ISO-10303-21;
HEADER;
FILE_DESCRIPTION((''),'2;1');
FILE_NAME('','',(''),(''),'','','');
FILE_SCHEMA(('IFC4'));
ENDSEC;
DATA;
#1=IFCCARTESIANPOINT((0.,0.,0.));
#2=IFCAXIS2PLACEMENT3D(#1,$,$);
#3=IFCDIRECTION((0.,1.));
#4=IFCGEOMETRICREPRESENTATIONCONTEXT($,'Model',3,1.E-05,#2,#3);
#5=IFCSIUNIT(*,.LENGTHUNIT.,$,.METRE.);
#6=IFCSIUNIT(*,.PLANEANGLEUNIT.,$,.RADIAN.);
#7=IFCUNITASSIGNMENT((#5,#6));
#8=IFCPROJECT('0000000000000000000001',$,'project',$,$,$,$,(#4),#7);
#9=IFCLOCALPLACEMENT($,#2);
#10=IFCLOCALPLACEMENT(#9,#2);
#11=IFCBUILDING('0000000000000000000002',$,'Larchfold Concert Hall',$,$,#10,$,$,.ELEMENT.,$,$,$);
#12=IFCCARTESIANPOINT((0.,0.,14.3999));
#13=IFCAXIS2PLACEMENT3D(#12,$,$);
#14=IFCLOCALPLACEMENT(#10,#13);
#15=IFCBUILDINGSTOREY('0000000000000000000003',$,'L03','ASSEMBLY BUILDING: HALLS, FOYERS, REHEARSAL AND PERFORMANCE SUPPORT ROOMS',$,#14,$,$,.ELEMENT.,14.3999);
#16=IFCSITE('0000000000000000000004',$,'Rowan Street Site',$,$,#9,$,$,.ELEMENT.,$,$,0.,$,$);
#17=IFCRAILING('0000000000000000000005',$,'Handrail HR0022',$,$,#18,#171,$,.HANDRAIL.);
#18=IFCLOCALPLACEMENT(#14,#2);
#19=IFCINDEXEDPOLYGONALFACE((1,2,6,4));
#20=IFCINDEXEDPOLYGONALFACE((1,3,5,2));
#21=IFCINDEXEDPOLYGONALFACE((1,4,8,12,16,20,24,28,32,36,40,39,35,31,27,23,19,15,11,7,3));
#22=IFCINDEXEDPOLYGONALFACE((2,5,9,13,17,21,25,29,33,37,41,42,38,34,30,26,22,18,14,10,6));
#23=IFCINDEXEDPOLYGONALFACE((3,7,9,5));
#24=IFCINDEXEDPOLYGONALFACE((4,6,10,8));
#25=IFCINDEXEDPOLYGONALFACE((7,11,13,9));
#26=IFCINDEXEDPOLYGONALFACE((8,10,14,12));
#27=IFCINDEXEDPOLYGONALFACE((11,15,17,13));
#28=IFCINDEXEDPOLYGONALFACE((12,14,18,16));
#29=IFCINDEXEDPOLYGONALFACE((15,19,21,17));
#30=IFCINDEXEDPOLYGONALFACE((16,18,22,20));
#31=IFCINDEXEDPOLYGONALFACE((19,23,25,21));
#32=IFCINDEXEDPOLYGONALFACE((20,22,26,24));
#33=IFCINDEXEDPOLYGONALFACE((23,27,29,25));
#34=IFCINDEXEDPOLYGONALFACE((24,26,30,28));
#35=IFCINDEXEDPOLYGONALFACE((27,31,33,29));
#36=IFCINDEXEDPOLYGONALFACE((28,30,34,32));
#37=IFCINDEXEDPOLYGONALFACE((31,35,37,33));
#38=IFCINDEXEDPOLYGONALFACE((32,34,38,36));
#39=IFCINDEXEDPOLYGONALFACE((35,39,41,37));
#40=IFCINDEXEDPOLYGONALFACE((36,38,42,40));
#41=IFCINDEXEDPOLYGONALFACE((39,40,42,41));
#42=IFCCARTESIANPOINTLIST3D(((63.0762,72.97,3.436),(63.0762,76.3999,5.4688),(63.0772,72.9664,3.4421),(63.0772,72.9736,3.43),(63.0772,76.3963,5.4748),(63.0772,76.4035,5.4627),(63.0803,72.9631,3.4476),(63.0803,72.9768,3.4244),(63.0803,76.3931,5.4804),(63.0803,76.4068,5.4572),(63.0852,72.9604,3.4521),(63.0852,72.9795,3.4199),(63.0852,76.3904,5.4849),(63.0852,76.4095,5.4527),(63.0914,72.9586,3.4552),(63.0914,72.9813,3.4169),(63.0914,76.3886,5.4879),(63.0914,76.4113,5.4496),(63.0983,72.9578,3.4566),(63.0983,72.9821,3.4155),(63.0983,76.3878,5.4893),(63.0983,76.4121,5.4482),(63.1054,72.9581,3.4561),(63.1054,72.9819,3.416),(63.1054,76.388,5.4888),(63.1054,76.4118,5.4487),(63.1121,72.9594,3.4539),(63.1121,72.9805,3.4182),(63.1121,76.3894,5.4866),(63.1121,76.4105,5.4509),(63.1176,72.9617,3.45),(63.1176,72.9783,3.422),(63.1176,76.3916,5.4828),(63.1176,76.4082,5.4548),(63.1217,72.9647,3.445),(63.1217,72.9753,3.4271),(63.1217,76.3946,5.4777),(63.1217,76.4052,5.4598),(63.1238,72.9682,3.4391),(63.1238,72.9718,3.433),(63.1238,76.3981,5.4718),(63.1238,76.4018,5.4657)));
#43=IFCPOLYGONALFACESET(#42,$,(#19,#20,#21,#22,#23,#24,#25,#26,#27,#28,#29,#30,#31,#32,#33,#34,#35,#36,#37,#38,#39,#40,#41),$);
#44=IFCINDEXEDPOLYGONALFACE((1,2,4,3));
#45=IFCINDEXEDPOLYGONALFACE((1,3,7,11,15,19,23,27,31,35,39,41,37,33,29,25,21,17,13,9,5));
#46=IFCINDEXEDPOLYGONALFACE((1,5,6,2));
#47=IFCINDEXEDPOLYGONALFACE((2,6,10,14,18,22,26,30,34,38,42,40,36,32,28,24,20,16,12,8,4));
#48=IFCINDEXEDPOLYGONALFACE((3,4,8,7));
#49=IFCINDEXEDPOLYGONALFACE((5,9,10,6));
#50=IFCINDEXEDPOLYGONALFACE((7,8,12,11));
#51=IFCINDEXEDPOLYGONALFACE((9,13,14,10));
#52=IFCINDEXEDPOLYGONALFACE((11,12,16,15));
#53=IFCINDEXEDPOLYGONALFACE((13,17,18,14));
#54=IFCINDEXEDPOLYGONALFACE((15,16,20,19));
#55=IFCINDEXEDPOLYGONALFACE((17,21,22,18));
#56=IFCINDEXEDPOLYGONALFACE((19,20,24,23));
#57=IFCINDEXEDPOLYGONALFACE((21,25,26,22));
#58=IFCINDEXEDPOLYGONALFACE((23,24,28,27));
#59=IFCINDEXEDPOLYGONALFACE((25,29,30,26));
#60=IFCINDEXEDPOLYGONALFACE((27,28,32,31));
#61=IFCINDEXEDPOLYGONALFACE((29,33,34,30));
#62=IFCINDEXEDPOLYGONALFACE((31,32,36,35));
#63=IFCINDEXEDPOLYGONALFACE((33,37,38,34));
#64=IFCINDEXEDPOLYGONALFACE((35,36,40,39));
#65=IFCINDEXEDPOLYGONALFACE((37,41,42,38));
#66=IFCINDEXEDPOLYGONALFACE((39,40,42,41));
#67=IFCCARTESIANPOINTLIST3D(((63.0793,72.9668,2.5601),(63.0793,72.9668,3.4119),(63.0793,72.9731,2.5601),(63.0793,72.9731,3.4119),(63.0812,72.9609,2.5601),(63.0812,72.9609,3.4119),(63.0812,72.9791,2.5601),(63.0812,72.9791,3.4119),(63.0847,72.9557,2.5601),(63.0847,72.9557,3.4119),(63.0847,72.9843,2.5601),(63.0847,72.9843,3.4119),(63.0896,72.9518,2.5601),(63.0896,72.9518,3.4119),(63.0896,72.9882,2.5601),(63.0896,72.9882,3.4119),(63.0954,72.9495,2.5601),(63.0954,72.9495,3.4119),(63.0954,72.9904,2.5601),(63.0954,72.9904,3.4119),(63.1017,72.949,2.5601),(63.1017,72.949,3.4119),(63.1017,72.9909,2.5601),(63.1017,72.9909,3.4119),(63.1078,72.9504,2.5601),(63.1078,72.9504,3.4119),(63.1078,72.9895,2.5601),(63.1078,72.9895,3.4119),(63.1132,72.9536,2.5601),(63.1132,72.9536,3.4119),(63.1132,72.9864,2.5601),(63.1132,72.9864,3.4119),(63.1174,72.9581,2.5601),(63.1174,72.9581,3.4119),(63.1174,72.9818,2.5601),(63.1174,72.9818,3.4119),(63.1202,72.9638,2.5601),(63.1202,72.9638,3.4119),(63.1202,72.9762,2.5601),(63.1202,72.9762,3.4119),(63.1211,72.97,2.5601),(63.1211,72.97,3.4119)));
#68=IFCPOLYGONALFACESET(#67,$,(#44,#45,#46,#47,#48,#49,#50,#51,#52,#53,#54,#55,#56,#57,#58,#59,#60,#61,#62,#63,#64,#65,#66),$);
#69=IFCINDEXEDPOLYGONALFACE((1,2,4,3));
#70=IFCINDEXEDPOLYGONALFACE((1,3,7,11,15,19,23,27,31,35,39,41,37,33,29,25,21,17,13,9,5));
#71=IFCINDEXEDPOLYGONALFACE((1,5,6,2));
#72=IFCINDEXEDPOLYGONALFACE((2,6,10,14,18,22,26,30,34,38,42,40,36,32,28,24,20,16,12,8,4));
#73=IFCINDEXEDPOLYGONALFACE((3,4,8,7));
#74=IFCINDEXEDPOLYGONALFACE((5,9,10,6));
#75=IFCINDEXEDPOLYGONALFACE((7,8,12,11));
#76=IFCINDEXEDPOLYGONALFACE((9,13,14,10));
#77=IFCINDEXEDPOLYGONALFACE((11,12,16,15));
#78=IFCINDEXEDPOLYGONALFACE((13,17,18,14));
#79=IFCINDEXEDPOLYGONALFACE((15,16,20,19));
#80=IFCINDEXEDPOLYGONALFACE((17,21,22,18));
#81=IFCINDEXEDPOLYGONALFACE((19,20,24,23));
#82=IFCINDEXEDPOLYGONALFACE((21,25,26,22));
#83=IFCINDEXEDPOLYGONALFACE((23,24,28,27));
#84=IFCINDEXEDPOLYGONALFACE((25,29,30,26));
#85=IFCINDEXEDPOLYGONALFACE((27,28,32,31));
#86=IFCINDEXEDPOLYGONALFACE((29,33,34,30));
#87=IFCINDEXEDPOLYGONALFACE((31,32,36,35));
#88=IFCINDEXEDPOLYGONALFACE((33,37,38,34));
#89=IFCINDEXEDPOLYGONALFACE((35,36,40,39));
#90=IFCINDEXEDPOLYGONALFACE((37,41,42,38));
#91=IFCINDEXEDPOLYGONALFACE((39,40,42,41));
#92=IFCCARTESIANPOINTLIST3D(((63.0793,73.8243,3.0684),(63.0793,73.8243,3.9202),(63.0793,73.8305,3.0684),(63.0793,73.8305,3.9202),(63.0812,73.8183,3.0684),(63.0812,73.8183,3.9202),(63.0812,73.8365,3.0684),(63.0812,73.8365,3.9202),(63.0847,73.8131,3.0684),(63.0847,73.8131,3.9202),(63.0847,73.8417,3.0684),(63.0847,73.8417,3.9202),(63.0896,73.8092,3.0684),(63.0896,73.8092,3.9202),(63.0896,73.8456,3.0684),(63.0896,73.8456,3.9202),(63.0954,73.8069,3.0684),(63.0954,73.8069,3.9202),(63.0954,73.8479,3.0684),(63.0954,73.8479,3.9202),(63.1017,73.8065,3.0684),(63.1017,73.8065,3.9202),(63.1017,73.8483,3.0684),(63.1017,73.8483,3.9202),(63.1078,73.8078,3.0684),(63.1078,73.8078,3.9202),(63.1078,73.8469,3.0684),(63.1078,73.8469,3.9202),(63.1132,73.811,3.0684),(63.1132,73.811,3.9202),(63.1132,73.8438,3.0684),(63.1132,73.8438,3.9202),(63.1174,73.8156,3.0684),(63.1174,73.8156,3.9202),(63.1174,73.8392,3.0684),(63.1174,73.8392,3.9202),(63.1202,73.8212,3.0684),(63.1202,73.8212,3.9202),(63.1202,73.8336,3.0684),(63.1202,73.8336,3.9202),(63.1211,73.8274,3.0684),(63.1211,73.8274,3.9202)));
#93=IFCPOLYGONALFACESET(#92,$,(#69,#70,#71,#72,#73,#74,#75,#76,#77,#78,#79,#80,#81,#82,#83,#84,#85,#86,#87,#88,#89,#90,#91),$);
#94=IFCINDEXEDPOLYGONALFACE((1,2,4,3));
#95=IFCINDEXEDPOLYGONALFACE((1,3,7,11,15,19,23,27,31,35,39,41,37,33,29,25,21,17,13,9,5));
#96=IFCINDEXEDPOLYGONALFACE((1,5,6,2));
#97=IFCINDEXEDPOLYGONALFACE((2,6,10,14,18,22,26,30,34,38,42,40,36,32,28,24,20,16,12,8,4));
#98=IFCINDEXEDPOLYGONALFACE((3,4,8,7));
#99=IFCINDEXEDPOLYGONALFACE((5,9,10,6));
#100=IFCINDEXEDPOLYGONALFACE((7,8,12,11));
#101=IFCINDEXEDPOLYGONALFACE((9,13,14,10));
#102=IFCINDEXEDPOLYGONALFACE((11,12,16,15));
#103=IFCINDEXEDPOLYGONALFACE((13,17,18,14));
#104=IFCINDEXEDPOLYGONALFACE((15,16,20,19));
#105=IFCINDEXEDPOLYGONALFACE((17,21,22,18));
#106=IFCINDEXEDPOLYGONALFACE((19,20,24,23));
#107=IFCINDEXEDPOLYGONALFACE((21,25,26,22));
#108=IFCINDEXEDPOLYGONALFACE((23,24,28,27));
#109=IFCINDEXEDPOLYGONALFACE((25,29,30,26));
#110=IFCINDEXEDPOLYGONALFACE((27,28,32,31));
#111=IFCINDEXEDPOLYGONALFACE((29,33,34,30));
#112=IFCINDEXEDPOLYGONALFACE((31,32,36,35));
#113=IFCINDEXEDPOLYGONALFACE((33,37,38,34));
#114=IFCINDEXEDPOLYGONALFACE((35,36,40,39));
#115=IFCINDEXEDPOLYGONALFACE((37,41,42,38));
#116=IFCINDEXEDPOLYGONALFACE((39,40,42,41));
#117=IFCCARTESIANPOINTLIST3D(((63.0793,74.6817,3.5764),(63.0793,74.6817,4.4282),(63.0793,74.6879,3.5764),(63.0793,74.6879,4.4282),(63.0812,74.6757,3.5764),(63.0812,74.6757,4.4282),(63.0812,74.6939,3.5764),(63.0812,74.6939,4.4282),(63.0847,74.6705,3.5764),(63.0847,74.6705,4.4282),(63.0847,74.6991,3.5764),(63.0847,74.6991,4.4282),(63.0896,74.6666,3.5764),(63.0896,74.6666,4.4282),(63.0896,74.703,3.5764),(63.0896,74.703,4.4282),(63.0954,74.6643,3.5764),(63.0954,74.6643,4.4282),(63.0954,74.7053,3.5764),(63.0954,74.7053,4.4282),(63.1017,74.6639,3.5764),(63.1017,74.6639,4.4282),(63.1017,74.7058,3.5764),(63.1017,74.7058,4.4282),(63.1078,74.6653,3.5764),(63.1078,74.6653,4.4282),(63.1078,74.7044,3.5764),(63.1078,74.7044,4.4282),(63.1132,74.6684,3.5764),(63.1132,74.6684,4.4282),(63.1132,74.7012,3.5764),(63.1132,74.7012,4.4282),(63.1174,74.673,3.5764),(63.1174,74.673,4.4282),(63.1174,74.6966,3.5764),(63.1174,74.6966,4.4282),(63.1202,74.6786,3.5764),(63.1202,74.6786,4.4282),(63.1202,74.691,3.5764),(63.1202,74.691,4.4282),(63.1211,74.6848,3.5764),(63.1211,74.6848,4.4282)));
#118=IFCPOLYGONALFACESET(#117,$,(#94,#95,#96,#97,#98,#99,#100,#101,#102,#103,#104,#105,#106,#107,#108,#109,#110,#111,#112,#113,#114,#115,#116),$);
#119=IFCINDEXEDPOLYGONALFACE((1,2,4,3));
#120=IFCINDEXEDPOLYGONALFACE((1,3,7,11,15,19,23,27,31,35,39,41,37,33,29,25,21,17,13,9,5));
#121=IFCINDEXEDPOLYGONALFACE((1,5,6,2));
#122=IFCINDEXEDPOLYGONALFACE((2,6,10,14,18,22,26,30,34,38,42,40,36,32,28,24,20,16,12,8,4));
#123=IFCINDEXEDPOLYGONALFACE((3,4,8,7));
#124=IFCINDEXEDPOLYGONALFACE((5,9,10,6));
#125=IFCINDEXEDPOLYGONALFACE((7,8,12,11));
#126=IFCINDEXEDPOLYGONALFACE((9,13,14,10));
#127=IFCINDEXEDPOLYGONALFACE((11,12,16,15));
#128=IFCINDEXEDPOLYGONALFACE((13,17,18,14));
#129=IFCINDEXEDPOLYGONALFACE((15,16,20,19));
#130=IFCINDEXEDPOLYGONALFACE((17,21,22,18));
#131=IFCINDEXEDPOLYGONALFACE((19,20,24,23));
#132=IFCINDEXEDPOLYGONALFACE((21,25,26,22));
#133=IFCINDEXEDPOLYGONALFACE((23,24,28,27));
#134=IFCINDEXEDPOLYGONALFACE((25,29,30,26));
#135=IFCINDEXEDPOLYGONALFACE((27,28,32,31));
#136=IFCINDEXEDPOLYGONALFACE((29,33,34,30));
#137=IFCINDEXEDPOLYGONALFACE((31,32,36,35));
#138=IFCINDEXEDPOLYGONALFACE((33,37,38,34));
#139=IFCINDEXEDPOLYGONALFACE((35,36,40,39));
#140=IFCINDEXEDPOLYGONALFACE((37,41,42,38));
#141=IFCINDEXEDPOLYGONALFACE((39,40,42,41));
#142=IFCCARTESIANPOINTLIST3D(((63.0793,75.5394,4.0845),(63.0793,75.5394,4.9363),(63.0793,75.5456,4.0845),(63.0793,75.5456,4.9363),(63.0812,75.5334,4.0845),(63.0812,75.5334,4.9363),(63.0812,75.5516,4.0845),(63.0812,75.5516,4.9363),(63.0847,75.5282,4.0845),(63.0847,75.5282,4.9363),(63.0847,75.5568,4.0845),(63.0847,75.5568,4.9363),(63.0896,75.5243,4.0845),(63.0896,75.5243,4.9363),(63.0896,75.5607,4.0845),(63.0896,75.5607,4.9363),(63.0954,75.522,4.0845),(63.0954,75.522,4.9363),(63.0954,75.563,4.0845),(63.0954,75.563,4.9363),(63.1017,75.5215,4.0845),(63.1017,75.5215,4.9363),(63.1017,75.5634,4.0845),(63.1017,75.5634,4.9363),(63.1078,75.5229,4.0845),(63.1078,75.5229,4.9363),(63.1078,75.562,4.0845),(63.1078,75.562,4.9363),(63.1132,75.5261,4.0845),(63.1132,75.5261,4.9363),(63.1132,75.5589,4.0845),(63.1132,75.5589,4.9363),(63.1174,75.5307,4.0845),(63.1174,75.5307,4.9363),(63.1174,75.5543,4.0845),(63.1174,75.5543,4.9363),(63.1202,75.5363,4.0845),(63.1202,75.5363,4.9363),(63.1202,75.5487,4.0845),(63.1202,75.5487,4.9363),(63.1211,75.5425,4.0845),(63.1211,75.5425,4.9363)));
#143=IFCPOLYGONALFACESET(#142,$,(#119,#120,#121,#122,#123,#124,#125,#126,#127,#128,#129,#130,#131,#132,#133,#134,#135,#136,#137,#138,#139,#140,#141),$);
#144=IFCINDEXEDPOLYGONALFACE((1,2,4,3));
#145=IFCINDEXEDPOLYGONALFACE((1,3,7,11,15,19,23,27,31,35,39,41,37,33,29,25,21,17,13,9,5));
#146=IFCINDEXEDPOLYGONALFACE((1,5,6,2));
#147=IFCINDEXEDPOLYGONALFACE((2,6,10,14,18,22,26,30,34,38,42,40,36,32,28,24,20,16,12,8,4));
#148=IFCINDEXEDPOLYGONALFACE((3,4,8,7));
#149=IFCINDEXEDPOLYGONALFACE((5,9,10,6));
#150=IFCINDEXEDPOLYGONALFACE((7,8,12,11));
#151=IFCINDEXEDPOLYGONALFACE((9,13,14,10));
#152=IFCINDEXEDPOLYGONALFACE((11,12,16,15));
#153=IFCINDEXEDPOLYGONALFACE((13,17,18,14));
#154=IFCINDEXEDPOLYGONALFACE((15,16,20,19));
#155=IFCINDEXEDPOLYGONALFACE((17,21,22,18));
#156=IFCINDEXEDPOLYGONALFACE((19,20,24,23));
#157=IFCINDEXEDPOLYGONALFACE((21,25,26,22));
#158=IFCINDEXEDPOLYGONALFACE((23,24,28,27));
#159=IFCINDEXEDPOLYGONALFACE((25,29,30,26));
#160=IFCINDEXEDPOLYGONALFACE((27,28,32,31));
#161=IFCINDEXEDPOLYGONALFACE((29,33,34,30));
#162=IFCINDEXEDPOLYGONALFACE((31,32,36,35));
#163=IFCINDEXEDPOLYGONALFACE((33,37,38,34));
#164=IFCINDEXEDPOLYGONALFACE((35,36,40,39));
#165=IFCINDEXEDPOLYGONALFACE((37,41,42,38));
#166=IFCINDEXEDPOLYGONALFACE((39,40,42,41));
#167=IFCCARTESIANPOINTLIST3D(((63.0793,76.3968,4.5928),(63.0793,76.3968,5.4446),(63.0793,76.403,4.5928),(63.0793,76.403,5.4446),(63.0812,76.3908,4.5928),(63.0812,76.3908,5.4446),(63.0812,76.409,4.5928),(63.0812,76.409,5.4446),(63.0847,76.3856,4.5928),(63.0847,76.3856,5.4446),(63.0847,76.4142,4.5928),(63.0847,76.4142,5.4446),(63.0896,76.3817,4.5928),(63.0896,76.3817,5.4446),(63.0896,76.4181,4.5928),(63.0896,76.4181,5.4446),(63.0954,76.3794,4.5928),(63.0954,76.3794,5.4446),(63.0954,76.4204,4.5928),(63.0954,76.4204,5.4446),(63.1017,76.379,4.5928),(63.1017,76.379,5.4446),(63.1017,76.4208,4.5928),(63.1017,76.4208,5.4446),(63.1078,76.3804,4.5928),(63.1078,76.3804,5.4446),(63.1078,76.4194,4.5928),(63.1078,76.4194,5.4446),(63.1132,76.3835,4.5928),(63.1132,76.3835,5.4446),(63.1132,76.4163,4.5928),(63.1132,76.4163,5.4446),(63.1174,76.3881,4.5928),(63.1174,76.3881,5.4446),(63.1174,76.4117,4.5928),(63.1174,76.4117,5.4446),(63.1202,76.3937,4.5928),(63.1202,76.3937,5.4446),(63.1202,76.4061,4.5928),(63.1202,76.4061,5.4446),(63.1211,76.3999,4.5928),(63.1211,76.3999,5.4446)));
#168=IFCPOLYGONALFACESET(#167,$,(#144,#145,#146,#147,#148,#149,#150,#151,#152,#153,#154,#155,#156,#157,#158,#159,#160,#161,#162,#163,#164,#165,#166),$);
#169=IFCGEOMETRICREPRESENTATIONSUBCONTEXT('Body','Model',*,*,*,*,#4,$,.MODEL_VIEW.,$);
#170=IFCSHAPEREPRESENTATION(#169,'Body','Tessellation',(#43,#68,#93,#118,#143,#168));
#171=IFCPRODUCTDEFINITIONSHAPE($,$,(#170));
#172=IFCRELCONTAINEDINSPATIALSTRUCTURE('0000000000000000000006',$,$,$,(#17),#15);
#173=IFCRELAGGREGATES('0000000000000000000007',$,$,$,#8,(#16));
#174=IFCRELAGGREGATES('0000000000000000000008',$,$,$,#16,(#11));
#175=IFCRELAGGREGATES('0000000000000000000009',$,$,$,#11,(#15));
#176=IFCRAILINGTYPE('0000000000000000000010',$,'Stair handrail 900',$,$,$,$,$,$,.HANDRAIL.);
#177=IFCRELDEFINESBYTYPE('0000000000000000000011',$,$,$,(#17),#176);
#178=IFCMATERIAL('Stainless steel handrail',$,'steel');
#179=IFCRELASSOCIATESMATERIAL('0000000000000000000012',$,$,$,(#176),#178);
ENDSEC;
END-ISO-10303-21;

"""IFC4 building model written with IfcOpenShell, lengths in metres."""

from ifc_helpers import new_model, si_unit, direction, frame, origin, origin_2d, place, context, subcontext, project, spatial, circle, extrude, material, type_object, element, save


model = new_model("IFC4")

# Units and contexts
model_context = context("Model", 3, precision=1e-05, world=origin(), true_north=direction((0.0, 1.0)))
body_context = subcontext(model_context, "Body", "Model", "MODEL_VIEW")
ifc_project = project(units=[si_unit("LENGTHUNIT", "METRE"), si_unit("PLANEANGLEUNIT", "RADIAN")], contexts=[model_context])

# Site, building, storey
site_placement = place(None, origin())
site = spatial("IfcSite", under=ifc_project, at=site_placement, Name="Rowan Street Site", CompositionType="ELEMENT", RefElevation=0.0)
building_placement = place(site_placement, origin())
building = spatial("IfcBuilding", under=site, at=building_placement, Name="Larchfold Concert Hall", CompositionType="ELEMENT")
storey_placement = place(building_placement, frame((0.0, 0.0, 14.3999)))
storey = spatial("IfcBuildingStorey", under=building, at=storey_placement, Name="L03", Description="ASSEMBLY BUILDING: HALLS, FOYERS, REHEARSAL AND PERFORMANCE SUPPORT ROOMS", CompositionType="ELEMENT", Elevation=14.3999)

# Railing
ifc_material_1 = material(Name="Stainless steel handrail", Category="steel")
railing_type_1 = type_object("IfcRailingType", Name="Stair handrail 900", PredefinedType="HANDRAIL", material=ifc_material_1)
railing_1_placement = place(storey_placement, frame((63.1001, 72.97, 2.5601)))
element("IfcRailing", 1, at=railing_1_placement, inside=storey, type_object=railing_type_1, Name="Handrail HR0022", PredefinedType="HANDRAIL", context=body_context, shape_type="SweptSolid", body=[
    extrude(circle(Radius=0.0239, at=origin_2d()), frame((0.0, 0.0, 0.876), z_axis=(0.0, 0.860274, 0.509833), x_axis=(-1.0, 0.0, 0.0)), (0.0, 0.0, 1.0), 3.9871),
    extrude(circle(Radius=0.021, at=origin_2d()), origin(), (0.0, 0.0, 1.0), 0.8518),
    extrude(circle(Radius=0.021, at=origin_2d()), frame((0.0, 0.8574, 0.5083)), (0.0, 0.0, 1.0), 0.8518),
    extrude(circle(Radius=0.021, at=origin_2d()), frame((0.0, 1.7148, 1.0164)), (0.0, 0.0, 1.0), 0.8518),
    extrude(circle(Radius=0.021, at=origin_2d()), frame((0.0, 2.5725, 1.5244)), (0.0, 0.0, 1.0), 0.8518),
    extrude(circle(Radius=0.021, at=origin_2d()), frame((0.0, 3.4299, 2.0327)), (0.0, 0.0, 1.0), 0.8518),
])

save(model, "model.ifc")
